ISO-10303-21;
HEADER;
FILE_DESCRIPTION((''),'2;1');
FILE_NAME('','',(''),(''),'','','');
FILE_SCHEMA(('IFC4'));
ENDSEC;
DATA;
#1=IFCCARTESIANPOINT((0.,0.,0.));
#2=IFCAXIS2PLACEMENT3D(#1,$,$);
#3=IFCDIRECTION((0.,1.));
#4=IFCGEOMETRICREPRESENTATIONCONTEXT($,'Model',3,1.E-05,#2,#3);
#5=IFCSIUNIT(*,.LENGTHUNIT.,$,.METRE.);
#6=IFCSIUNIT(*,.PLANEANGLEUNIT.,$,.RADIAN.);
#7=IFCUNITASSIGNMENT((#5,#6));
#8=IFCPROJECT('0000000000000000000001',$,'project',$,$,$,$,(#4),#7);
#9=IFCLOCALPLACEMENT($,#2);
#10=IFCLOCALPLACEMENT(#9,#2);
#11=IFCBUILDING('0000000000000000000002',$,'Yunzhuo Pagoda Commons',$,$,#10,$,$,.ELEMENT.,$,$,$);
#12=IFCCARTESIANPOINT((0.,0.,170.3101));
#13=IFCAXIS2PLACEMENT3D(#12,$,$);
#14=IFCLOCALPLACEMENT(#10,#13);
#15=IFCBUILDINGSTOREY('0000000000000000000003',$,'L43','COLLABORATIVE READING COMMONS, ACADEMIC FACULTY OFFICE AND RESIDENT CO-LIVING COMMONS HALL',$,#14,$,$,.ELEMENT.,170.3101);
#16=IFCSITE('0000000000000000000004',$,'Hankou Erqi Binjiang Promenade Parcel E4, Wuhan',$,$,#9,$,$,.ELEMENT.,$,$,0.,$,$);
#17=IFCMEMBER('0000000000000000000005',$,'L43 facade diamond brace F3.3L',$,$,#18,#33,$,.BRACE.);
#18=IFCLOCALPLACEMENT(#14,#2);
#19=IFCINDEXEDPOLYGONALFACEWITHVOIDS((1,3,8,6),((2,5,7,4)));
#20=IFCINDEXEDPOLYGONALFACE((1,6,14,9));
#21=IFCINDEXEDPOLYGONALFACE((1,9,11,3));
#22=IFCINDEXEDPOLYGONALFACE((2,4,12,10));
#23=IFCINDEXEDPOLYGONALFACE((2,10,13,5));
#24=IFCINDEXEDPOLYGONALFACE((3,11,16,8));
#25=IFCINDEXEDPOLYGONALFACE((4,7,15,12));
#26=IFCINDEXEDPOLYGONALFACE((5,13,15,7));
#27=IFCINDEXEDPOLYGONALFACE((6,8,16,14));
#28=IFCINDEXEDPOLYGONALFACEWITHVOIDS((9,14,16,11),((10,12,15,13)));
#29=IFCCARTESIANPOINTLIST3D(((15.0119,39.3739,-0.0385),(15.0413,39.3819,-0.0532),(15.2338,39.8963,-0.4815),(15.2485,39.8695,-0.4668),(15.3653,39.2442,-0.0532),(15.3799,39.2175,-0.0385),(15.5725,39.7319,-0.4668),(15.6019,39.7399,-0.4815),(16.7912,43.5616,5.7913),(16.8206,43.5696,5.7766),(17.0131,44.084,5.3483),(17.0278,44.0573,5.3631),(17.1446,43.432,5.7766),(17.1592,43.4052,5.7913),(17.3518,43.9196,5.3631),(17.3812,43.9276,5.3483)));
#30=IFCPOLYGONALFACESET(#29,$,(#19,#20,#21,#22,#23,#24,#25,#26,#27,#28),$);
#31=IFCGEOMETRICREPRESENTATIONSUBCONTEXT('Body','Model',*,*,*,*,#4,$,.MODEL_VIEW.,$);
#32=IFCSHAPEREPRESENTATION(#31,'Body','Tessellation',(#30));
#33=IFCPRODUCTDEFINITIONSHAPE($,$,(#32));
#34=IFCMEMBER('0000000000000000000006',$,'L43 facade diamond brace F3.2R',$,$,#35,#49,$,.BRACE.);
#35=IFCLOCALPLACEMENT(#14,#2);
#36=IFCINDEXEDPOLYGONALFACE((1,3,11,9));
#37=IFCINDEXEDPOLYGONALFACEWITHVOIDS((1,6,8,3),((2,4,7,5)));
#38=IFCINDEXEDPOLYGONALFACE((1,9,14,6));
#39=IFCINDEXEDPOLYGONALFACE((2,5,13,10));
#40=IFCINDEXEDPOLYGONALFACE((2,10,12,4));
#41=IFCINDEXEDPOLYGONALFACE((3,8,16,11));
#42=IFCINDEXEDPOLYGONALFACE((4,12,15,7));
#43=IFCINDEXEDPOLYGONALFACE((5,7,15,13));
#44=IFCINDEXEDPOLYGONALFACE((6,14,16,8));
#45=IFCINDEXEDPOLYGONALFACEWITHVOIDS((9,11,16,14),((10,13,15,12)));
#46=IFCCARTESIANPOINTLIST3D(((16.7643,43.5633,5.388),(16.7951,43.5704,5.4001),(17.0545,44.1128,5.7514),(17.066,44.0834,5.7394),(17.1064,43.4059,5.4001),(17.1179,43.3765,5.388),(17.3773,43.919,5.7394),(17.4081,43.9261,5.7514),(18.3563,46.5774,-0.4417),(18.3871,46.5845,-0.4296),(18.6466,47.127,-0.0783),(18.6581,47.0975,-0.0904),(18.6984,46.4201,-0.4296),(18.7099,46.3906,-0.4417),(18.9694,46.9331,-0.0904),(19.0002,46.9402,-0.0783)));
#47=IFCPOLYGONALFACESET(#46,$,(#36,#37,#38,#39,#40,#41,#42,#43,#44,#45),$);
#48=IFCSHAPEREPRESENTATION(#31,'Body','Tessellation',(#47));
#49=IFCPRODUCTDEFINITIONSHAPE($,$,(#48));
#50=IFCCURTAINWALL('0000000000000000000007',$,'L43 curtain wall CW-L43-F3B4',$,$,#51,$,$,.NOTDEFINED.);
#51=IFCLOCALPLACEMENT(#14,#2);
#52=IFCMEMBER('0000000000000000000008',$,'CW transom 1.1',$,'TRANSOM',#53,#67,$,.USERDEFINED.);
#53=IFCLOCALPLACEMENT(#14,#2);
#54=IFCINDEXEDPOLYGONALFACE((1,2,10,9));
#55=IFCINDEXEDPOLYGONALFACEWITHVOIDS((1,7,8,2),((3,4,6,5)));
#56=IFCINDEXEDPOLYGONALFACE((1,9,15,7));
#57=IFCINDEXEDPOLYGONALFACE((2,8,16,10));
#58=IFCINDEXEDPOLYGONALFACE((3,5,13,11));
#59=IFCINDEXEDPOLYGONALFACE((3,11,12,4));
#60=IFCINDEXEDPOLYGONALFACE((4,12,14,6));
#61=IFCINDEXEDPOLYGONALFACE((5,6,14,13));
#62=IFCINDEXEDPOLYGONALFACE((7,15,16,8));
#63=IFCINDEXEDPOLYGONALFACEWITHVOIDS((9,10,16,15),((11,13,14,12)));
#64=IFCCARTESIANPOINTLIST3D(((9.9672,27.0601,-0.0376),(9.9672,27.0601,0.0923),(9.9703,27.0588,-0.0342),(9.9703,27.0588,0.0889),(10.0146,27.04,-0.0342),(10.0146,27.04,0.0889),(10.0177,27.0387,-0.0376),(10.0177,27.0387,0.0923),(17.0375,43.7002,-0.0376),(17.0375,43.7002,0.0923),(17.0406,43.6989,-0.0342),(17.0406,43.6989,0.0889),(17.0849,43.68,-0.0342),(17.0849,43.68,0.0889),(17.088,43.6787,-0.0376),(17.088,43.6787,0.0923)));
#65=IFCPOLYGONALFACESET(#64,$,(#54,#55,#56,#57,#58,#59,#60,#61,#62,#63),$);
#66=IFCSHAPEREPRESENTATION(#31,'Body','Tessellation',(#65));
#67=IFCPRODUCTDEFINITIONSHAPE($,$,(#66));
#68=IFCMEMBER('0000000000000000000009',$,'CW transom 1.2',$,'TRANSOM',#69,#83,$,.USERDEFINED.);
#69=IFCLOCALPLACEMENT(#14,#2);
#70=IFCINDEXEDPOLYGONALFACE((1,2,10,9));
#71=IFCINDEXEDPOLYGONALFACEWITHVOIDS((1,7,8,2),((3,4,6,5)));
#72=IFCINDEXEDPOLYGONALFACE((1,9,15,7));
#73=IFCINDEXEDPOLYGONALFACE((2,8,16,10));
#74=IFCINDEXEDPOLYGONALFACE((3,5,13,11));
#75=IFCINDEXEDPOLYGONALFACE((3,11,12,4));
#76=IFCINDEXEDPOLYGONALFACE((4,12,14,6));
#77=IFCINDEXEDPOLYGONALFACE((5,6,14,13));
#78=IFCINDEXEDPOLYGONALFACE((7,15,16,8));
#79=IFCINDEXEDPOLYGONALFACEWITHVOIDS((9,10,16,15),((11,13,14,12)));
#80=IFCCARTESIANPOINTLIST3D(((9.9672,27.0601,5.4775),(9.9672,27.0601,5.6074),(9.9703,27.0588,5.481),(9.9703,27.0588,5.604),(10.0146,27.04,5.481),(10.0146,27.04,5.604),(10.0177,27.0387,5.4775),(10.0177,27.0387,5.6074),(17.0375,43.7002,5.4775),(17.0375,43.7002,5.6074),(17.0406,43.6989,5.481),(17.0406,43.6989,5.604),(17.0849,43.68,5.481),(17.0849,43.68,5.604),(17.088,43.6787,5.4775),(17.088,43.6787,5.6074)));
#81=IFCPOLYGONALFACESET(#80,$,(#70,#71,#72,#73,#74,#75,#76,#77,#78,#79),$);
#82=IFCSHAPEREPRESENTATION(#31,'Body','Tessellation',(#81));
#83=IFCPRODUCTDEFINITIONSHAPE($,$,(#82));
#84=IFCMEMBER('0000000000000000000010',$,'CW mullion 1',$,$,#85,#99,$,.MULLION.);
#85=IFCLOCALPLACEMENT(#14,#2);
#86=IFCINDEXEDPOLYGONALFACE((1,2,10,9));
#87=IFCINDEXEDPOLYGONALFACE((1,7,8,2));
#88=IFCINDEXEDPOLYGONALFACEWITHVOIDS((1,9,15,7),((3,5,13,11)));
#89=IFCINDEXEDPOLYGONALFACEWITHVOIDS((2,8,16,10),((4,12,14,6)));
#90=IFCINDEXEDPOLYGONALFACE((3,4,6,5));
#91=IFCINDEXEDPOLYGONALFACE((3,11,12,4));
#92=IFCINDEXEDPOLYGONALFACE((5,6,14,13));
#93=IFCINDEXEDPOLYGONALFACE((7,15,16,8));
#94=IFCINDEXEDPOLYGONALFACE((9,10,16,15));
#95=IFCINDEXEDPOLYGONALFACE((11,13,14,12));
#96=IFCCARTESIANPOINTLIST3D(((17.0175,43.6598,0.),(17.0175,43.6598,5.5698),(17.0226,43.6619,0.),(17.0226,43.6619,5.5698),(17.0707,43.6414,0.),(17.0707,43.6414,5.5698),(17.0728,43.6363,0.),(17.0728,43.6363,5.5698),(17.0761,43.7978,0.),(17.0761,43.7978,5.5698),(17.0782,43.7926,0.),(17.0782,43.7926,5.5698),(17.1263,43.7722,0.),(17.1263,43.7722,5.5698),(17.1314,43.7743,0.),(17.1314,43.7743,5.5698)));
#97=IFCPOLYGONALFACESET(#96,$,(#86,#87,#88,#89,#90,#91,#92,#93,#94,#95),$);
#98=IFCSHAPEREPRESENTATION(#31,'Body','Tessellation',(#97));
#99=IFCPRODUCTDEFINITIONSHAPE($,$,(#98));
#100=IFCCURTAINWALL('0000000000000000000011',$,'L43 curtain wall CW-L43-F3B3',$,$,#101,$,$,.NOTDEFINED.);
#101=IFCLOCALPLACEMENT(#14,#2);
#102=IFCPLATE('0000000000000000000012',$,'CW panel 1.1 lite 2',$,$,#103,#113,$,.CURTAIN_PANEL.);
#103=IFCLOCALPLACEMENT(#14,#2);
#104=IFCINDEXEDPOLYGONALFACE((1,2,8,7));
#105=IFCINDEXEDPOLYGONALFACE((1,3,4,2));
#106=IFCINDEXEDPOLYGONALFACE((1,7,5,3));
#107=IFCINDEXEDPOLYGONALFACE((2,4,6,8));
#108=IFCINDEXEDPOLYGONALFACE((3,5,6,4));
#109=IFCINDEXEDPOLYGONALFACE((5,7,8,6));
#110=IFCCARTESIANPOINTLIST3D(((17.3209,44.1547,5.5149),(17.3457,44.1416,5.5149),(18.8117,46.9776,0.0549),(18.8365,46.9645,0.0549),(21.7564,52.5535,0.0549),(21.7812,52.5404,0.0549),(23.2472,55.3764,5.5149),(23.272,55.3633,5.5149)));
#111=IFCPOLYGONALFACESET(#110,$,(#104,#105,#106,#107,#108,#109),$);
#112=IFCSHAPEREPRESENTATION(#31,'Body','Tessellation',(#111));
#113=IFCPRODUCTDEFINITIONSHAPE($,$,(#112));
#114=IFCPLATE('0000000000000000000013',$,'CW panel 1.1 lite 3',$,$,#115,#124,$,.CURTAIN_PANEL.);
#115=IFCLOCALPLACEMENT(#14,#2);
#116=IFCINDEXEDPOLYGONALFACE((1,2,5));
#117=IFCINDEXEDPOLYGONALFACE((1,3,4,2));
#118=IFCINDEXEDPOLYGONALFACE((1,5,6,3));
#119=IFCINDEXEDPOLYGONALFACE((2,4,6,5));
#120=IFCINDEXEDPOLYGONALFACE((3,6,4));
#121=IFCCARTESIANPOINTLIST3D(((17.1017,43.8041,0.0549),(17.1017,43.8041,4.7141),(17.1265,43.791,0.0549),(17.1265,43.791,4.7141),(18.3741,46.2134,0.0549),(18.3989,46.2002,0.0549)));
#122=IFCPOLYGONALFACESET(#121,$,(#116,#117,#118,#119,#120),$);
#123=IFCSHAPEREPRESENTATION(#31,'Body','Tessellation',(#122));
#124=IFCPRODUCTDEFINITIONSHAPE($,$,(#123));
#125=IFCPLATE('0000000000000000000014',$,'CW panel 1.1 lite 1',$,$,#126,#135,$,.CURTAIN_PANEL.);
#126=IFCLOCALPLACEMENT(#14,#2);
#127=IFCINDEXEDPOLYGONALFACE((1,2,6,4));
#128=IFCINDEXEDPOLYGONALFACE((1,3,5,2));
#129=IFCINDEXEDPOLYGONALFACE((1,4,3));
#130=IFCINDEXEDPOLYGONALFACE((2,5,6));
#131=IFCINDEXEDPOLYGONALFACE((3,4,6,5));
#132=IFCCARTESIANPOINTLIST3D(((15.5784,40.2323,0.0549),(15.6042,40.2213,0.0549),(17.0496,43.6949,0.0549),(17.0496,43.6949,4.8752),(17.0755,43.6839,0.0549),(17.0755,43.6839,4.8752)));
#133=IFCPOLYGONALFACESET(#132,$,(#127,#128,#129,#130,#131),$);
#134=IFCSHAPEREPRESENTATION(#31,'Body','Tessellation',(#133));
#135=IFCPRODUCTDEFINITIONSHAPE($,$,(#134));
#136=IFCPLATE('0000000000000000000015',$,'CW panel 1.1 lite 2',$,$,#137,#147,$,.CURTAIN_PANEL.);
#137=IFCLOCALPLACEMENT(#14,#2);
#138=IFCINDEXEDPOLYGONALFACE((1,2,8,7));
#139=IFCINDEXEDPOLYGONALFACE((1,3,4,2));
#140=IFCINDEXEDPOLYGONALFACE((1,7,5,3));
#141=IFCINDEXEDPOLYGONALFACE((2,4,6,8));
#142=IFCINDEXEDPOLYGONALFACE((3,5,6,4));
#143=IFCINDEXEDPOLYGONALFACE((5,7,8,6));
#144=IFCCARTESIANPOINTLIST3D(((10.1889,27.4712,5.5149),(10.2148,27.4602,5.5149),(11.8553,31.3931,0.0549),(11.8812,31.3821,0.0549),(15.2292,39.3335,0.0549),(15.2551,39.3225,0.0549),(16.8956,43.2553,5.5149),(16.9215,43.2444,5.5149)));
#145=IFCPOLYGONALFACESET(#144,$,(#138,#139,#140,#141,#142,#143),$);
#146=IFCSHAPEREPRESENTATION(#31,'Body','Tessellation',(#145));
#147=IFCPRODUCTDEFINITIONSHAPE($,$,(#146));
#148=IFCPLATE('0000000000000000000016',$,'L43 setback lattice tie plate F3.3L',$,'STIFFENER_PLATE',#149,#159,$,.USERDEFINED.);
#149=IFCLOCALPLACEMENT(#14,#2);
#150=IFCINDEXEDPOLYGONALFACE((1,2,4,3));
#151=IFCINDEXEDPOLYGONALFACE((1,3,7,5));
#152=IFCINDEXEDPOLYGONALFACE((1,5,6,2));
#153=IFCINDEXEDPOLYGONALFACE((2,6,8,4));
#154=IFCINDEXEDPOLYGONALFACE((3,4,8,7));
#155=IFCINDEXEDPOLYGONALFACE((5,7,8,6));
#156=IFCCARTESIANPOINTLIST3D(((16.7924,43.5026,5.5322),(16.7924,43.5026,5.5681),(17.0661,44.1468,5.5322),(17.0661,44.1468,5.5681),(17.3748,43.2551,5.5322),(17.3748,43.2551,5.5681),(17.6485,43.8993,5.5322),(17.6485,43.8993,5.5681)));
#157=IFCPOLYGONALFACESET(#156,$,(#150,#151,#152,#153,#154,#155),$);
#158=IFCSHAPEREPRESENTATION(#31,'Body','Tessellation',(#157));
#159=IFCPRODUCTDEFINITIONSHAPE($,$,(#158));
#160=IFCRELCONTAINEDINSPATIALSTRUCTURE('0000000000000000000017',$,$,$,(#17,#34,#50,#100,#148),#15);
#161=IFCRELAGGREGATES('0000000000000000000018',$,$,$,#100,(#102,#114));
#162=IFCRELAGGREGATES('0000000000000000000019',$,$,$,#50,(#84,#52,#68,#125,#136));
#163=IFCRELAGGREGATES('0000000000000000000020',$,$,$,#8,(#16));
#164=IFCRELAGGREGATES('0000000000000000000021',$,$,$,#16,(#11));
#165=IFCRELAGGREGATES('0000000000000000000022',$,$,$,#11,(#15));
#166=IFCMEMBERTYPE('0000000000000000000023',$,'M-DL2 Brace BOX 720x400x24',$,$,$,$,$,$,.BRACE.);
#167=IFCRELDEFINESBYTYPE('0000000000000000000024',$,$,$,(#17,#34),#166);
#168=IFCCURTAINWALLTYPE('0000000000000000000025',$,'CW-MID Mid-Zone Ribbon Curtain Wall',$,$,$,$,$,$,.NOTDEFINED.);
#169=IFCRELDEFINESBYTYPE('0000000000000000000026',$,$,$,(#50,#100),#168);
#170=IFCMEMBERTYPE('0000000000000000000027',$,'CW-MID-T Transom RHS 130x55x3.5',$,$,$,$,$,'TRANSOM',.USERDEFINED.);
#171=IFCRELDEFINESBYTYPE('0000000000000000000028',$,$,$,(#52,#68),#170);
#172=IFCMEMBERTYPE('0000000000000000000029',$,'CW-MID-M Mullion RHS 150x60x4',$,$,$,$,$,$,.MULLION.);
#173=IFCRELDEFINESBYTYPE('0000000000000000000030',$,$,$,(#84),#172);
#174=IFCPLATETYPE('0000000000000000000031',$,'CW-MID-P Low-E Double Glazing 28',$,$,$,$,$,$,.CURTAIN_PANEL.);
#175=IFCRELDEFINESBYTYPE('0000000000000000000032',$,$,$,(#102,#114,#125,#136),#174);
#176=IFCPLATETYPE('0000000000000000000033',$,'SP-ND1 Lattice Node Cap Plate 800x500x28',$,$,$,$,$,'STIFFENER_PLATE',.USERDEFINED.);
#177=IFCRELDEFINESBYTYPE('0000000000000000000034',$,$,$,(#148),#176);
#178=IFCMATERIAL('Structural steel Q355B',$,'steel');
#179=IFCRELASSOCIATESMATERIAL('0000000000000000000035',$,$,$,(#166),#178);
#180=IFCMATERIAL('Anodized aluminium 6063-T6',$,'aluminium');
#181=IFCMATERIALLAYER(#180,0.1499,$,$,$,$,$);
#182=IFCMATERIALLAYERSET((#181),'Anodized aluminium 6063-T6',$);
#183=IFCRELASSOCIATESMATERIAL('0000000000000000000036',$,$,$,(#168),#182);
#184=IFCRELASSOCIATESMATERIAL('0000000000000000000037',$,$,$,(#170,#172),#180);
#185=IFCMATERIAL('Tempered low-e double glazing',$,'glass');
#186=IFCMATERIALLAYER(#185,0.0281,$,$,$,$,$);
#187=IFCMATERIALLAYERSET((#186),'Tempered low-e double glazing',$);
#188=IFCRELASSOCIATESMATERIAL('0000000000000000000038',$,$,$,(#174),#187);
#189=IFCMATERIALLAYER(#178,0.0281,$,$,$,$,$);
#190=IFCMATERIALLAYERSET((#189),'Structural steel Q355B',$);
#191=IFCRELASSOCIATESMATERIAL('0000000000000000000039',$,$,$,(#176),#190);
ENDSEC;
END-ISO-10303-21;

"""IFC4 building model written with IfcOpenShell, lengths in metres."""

from ifc_helpers import new_model, si_unit, direction, frame, origin, origin_2d, place, context, subcontext, project, spatial, polyline, rectangle, hollow_rectangle, outline, extrude, source, transform, mapped, material, layer, layer_set, material_profile, profile_set, type_object, element, aggregate, save


model = new_model("IFC4")

# Units and contexts
model_context = context("Model", 3, precision=1e-05, world=origin(), true_north=direction((0.0, 1.0)))
body_context = subcontext(model_context, "Body", "Model", "MODEL_VIEW")
ifc_project = project(units=[si_unit("LENGTHUNIT", "METRE"), si_unit("PLANEANGLEUNIT", "RADIAN")], contexts=[model_context])

# Site, building, storey
site_placement = place(None, origin())
site = spatial("IfcSite", under=ifc_project, at=site_placement, Name="Hankou Erqi Binjiang Promenade Parcel E4, Wuhan", CompositionType="ELEMENT", RefElevation=0.0)
building_placement = place(site_placement, origin())
building = spatial("IfcBuilding", under=site, at=building_placement, Name="Yunzhuo Pagoda Commons", CompositionType="ELEMENT")
storey_placement = place(building_placement, frame((0.0, 0.0, 170.3101)))
storey = spatial("IfcBuildingStorey", under=building, at=storey_placement, Name="L43", Description="COLLABORATIVE READING COMMONS, ACADEMIC FACULTY OFFICE AND RESIDENT CO-LIVING COMMONS HALL", CompositionType="ELEMENT", Elevation=170.3101)

# Shared definitions
ifc_material_1 = material(Name="Structural steel Q355B", Category="steel")

# Members
ifc_material_profile_1 = material_profile(ifc_material_1, hollow_rectangle(XDim=0.3999, YDim=0.72, WallThickness=0.0239, at=origin_2d()), Name="Structural steel Q355B")
ifc_profile_set_1 = profile_set([ifc_material_profile_1], Name="Structural steel Q355B")
member_type_1 = type_object("IfcMemberType", Name="M-DL2 Brace BOX 720x400x24", PredefinedType="BRACE", material=ifc_profile_set_1)
shared_shape_1 = source(origin(), body_context, "Body", "SweptSolid", [
    extrude(hollow_rectangle(XDim=0.3999, YDim=0.72, WallThickness=0.0239, at=origin_2d()), origin(), (0.0, 0.0, 1.0), 7.3953),
])
member_1_placement = place(storey_placement, frame((15.3069, 39.5569, -0.26), z_axis=(0.240599, 0.566273, 0.788319), x_axis=(-0.92037, 0.391049, 0.0)))
element("IfcMember", 1, at=member_1_placement, inside=storey, type_object=member_type_1, Name="L43 facade diamond brace F3.3L", PredefinedType="BRACE", context=body_context, shape_type="MappedRepresentation", body=[
    mapped(shared_shape_1, transform((0.0, 0.0, 0.0), scale=1.0)),
])
shared_shape_2 = source(origin(), body_context, "Body", "SweptSolid", [
    extrude(hollow_rectangle(XDim=0.3999, YDim=0.72, WallThickness=0.0239, at=origin_2d()), origin(), (0.0, 0.0, 1.0), 6.7532),
])
member_2_placement = place(storey_placement, frame((18.6782, 46.7588, -0.26), z_axis=(-0.235744, -0.446326, 0.86326), x_axis=(0.884235, -0.467042, 0.0)))
element("IfcMember", 2, at=member_2_placement, inside=storey, type_object=member_type_1, Name="L43 facade diamond brace F3.2R", PredefinedType="BRACE", context=body_context, shape_type="MappedRepresentation", body=[
    mapped(shared_shape_2, transform((0.0, 0.0, 0.0), scale=1.0)),
])

# Curtain wall, members
ifc_material_2 = material(Name="Anodized aluminium 6063-T6", Category="aluminium")
ifc_layer_1 = layer(ifc_material_2, 0.1499)
ifc_layer_set_1 = layer_set([ifc_layer_1], Name="Anodized aluminium 6063-T6")
curtain_wall_type = type_object("IfcCurtainWallType", Name="CW-MID Mid-Zone Ribbon Curtain Wall", PredefinedType="NOTDEFINED", material=ifc_layer_set_1)
curtain_wall_1_placement = place(storey_placement, origin())
curtain_wall_1 = element("IfcCurtainWall", 3, at=curtain_wall_1_placement, inside=storey, type_object=curtain_wall_type, Name="L43 curtain wall CW-L43-F3B4", PredefinedType="NOTDEFINED")
ifc_material_profile_2 = material_profile(ifc_material_2, hollow_rectangle(XDim=0.0549, YDim=0.1299, WallThickness=0.0034, at=origin_2d()), Name="Anodized aluminium 6063-T6")
ifc_profile_set_2 = profile_set([ifc_material_profile_2], Name="Anodized aluminium 6063-T6")
member_type_2 = type_object("IfcMemberType", Name="CW-MID-T Transom RHS 130x55x3.5", ElementType="TRANSOM", PredefinedType="USERDEFINED", material=ifc_profile_set_2)
shared_shape_3 = source(origin(), body_context, "Body", "SweptSolid", [
    extrude(hollow_rectangle(XDim=0.0549, YDim=0.1299, WallThickness=0.0034, at=origin_2d()), origin(), (0.0, 0.0, 1.0), 18.0798),
])
member_3_placement = place(storey_placement, frame((17.0627, 43.6895, 0.0273), z_axis=(-0.391059, -0.920366, 0.0), x_axis=(0.920366, -0.391059, 0.0)))
member_3 = element("IfcMember", 4, at=member_3_placement, type_object=member_type_2, Name="CW transom 1.1", ObjectType="TRANSOM", PredefinedType="USERDEFINED", context=body_context, shape_type="MappedRepresentation", body=[
    mapped(shared_shape_3, transform((0.0, 0.0, 0.0), scale=1.0)),
])
member_4_placement = place(storey_placement, frame((17.0627, 43.6895, 5.5425), z_axis=(-0.391059, -0.920366, 0.0), x_axis=(0.920366, -0.391059, 0.0)))
member_4 = element("IfcMember", 5, at=member_4_placement, type_object=member_type_2, Name="CW transom 1.2", ObjectType="TRANSOM", PredefinedType="USERDEFINED", context=body_context, shape_type="MappedRepresentation", body=[
    mapped(shared_shape_3, transform((0.0, 0.0, 0.0), scale=1.0)),
])
ifc_material_profile_3 = material_profile(ifc_material_2, hollow_rectangle(XDim=0.0601, YDim=0.1499, WallThickness=0.0039, at=origin_2d()), Name="Anodized aluminium 6063-T6")
ifc_profile_set_3 = profile_set([ifc_material_profile_3], Name="Anodized aluminium 6063-T6")
member_type_3 = type_object("IfcMemberType", Name="CW-MID-M Mullion RHS 150x60x4", PredefinedType="MULLION", material=ifc_profile_set_3)
shared_shape_4 = source(origin(), body_context, "Body", "SweptSolid", [
    extrude(hollow_rectangle(XDim=0.0601, YDim=0.1499, WallThickness=0.0039, at=origin_2d()), origin(), (0.0, 0.0, 1.0), 5.5698),
])
member_5_placement = place(storey_placement, frame((17.0745, 43.717, 0.0), z_axis=(0.0, 0.0, 1.0), x_axis=(0.920364, -0.391063, 0.0)))
member_5 = element("IfcMember", 6, at=member_5_placement, type_object=member_type_3, Name="CW mullion 1", PredefinedType="MULLION", context=body_context, shape_type="MappedRepresentation", body=[
    mapped(shared_shape_4, transform((0.0, 0.0, 0.0), scale=1.0)),
])

# Curtain wall, plates
curtain_wall_2_placement = place(storey_placement, origin())
curtain_wall_2 = element("IfcCurtainWall", 7, at=curtain_wall_2_placement, inside=storey, type_object=curtain_wall_type, Name="L43 curtain wall CW-L43-F3B3", PredefinedType="NOTDEFINED")
ifc_material_3 = material(Name="Tempered low-e double glazing", Category="glass")
ifc_layer_2 = layer(ifc_material_3, 0.0281)
ifc_layer_set_2 = layer_set([ifc_layer_2], Name="Tempered low-e double glazing")
plate_type_1 = type_object("IfcPlateType", Name="CW-MID-P Low-E Double Glazing 28", PredefinedType="CURTAIN_PANEL", material=ifc_layer_set_2)
plate_1_placement = place(storey_placement, frame((20.3088, 49.7524, 2.7849), z_axis=(-0.884263, 0.46699, 0.0), x_axis=(-0.46699, -0.884263, 0.0)))
plate_1 = element("IfcPlate", 8, at=plate_1_placement, type_object=plate_type_1, Name="CW panel 1.1 lite 2", PredefinedType="CURTAIN_PANEL", context=body_context, shape_type="SweptSolid", body=[
    extrude(outline(polyline([(-6.3452, 2.73), (-3.1528, -2.73), (3.1528, -2.73), (6.3452, 2.73), (-6.3452, 2.73)])), origin(), (0.0, 0.0, 1.0), 0.0281),
])
plate_2_placement = place(storey_placement, frame((17.7627, 44.9956, 2.3845), z_axis=(-0.884263, 0.46699, 0.0), x_axis=(-0.46699, -0.884263, 0.0)))
plate_2 = element("IfcPlate", 9, at=plate_2_placement, type_object=plate_type_1, Name="CW panel 1.1 lite 3", PredefinedType="CURTAIN_PANEL", context=body_context, shape_type="SweptSolid", body=[
    extrude(outline(polyline([(-1.3623, -2.3296), (1.3623, -2.3296), (1.3623, 2.3296), (-1.3623, -2.3296)])), origin(), (0.0, 0.0, 1.0), 0.0281),
])
aggregate(curtain_wall_2, [plate_1, plate_2])

# Plates
plate_3_placement = place(storey_placement, frame((16.3398, 41.9526, 2.4651), z_axis=(-0.920364, 0.391063, 0.0), x_axis=(-0.391063, -0.920364, 0.0)))
plate_3 = element("IfcPlate", 10, at=plate_3_placement, type_object=plate_type_1, Name="CW panel 1.1 lite 1", PredefinedType="CURTAIN_PANEL", context=body_context, shape_type="SweptSolid", body=[
    extrude(outline(polyline([(-1.8811, -2.4102), (1.8811, -2.4102), (-1.8811, 2.4102), (-1.8811, -2.4102)])), origin(), (0.0, 0.0, 1.0), 0.0281),
])
plate_4_placement = place(storey_placement, frame((13.5681, 35.3523, 2.7849), z_axis=(-0.920364, 0.391063, 0.0), x_axis=(-0.391063, -0.920364, 0.0)))
plate_4 = element("IfcPlate", 11, at=plate_4_placement, type_object=plate_type_1, Name="CW panel 1.1 lite 2", PredefinedType="CURTAIN_PANEL", context=body_context, shape_type="SweptSolid", body=[
    extrude(outline(polyline([(-8.575, 2.73), (-4.3137, -2.73), (4.3137, -2.73), (8.575, 2.73), (-8.575, 2.73)])), origin(), (0.0, 0.0, 1.0), 0.0281),
])
aggregate(curtain_wall_1, [member_5, member_3, member_4, plate_3, plate_4])
ifc_layer_3 = layer(ifc_material_1, 0.0281)
ifc_layer_set_3 = layer_set([ifc_layer_3], Name="Structural steel Q355B")
plate_type_2 = type_object("IfcPlateType", Name="SP-ND1 Lattice Node Cap Plate 800x500x28", ElementType="STIFFENER_PLATE", PredefinedType="USERDEFINED", material=ifc_layer_set_3)
shared_shape_5 = source(origin(), body_context, "Body", "SweptSolid", [
    extrude(rectangle(XDim=0.7, YDim=0.6328, at=origin_2d()), origin(), (0.0, 0.0, 1.0), 0.0359),
])
plate_5_placement = place(storey_placement, frame((17.2205, 43.7009, 5.5322), z_axis=(0.0, 0.0, 1.0), x_axis=(-0.391068, -0.920362, 0.0)))
element("IfcPlate", 12, at=plate_5_placement, inside=storey, type_object=plate_type_2, Name="L43 setback lattice tie plate F3.3L", ObjectType="STIFFENER_PLATE", PredefinedType="USERDEFINED", context=body_context, shape_type="MappedRepresentation", body=[
    mapped(shared_shape_5, transform((0.0, 0.0, 0.0), scale=1.0)),
])

save(model, "model.ifc")
